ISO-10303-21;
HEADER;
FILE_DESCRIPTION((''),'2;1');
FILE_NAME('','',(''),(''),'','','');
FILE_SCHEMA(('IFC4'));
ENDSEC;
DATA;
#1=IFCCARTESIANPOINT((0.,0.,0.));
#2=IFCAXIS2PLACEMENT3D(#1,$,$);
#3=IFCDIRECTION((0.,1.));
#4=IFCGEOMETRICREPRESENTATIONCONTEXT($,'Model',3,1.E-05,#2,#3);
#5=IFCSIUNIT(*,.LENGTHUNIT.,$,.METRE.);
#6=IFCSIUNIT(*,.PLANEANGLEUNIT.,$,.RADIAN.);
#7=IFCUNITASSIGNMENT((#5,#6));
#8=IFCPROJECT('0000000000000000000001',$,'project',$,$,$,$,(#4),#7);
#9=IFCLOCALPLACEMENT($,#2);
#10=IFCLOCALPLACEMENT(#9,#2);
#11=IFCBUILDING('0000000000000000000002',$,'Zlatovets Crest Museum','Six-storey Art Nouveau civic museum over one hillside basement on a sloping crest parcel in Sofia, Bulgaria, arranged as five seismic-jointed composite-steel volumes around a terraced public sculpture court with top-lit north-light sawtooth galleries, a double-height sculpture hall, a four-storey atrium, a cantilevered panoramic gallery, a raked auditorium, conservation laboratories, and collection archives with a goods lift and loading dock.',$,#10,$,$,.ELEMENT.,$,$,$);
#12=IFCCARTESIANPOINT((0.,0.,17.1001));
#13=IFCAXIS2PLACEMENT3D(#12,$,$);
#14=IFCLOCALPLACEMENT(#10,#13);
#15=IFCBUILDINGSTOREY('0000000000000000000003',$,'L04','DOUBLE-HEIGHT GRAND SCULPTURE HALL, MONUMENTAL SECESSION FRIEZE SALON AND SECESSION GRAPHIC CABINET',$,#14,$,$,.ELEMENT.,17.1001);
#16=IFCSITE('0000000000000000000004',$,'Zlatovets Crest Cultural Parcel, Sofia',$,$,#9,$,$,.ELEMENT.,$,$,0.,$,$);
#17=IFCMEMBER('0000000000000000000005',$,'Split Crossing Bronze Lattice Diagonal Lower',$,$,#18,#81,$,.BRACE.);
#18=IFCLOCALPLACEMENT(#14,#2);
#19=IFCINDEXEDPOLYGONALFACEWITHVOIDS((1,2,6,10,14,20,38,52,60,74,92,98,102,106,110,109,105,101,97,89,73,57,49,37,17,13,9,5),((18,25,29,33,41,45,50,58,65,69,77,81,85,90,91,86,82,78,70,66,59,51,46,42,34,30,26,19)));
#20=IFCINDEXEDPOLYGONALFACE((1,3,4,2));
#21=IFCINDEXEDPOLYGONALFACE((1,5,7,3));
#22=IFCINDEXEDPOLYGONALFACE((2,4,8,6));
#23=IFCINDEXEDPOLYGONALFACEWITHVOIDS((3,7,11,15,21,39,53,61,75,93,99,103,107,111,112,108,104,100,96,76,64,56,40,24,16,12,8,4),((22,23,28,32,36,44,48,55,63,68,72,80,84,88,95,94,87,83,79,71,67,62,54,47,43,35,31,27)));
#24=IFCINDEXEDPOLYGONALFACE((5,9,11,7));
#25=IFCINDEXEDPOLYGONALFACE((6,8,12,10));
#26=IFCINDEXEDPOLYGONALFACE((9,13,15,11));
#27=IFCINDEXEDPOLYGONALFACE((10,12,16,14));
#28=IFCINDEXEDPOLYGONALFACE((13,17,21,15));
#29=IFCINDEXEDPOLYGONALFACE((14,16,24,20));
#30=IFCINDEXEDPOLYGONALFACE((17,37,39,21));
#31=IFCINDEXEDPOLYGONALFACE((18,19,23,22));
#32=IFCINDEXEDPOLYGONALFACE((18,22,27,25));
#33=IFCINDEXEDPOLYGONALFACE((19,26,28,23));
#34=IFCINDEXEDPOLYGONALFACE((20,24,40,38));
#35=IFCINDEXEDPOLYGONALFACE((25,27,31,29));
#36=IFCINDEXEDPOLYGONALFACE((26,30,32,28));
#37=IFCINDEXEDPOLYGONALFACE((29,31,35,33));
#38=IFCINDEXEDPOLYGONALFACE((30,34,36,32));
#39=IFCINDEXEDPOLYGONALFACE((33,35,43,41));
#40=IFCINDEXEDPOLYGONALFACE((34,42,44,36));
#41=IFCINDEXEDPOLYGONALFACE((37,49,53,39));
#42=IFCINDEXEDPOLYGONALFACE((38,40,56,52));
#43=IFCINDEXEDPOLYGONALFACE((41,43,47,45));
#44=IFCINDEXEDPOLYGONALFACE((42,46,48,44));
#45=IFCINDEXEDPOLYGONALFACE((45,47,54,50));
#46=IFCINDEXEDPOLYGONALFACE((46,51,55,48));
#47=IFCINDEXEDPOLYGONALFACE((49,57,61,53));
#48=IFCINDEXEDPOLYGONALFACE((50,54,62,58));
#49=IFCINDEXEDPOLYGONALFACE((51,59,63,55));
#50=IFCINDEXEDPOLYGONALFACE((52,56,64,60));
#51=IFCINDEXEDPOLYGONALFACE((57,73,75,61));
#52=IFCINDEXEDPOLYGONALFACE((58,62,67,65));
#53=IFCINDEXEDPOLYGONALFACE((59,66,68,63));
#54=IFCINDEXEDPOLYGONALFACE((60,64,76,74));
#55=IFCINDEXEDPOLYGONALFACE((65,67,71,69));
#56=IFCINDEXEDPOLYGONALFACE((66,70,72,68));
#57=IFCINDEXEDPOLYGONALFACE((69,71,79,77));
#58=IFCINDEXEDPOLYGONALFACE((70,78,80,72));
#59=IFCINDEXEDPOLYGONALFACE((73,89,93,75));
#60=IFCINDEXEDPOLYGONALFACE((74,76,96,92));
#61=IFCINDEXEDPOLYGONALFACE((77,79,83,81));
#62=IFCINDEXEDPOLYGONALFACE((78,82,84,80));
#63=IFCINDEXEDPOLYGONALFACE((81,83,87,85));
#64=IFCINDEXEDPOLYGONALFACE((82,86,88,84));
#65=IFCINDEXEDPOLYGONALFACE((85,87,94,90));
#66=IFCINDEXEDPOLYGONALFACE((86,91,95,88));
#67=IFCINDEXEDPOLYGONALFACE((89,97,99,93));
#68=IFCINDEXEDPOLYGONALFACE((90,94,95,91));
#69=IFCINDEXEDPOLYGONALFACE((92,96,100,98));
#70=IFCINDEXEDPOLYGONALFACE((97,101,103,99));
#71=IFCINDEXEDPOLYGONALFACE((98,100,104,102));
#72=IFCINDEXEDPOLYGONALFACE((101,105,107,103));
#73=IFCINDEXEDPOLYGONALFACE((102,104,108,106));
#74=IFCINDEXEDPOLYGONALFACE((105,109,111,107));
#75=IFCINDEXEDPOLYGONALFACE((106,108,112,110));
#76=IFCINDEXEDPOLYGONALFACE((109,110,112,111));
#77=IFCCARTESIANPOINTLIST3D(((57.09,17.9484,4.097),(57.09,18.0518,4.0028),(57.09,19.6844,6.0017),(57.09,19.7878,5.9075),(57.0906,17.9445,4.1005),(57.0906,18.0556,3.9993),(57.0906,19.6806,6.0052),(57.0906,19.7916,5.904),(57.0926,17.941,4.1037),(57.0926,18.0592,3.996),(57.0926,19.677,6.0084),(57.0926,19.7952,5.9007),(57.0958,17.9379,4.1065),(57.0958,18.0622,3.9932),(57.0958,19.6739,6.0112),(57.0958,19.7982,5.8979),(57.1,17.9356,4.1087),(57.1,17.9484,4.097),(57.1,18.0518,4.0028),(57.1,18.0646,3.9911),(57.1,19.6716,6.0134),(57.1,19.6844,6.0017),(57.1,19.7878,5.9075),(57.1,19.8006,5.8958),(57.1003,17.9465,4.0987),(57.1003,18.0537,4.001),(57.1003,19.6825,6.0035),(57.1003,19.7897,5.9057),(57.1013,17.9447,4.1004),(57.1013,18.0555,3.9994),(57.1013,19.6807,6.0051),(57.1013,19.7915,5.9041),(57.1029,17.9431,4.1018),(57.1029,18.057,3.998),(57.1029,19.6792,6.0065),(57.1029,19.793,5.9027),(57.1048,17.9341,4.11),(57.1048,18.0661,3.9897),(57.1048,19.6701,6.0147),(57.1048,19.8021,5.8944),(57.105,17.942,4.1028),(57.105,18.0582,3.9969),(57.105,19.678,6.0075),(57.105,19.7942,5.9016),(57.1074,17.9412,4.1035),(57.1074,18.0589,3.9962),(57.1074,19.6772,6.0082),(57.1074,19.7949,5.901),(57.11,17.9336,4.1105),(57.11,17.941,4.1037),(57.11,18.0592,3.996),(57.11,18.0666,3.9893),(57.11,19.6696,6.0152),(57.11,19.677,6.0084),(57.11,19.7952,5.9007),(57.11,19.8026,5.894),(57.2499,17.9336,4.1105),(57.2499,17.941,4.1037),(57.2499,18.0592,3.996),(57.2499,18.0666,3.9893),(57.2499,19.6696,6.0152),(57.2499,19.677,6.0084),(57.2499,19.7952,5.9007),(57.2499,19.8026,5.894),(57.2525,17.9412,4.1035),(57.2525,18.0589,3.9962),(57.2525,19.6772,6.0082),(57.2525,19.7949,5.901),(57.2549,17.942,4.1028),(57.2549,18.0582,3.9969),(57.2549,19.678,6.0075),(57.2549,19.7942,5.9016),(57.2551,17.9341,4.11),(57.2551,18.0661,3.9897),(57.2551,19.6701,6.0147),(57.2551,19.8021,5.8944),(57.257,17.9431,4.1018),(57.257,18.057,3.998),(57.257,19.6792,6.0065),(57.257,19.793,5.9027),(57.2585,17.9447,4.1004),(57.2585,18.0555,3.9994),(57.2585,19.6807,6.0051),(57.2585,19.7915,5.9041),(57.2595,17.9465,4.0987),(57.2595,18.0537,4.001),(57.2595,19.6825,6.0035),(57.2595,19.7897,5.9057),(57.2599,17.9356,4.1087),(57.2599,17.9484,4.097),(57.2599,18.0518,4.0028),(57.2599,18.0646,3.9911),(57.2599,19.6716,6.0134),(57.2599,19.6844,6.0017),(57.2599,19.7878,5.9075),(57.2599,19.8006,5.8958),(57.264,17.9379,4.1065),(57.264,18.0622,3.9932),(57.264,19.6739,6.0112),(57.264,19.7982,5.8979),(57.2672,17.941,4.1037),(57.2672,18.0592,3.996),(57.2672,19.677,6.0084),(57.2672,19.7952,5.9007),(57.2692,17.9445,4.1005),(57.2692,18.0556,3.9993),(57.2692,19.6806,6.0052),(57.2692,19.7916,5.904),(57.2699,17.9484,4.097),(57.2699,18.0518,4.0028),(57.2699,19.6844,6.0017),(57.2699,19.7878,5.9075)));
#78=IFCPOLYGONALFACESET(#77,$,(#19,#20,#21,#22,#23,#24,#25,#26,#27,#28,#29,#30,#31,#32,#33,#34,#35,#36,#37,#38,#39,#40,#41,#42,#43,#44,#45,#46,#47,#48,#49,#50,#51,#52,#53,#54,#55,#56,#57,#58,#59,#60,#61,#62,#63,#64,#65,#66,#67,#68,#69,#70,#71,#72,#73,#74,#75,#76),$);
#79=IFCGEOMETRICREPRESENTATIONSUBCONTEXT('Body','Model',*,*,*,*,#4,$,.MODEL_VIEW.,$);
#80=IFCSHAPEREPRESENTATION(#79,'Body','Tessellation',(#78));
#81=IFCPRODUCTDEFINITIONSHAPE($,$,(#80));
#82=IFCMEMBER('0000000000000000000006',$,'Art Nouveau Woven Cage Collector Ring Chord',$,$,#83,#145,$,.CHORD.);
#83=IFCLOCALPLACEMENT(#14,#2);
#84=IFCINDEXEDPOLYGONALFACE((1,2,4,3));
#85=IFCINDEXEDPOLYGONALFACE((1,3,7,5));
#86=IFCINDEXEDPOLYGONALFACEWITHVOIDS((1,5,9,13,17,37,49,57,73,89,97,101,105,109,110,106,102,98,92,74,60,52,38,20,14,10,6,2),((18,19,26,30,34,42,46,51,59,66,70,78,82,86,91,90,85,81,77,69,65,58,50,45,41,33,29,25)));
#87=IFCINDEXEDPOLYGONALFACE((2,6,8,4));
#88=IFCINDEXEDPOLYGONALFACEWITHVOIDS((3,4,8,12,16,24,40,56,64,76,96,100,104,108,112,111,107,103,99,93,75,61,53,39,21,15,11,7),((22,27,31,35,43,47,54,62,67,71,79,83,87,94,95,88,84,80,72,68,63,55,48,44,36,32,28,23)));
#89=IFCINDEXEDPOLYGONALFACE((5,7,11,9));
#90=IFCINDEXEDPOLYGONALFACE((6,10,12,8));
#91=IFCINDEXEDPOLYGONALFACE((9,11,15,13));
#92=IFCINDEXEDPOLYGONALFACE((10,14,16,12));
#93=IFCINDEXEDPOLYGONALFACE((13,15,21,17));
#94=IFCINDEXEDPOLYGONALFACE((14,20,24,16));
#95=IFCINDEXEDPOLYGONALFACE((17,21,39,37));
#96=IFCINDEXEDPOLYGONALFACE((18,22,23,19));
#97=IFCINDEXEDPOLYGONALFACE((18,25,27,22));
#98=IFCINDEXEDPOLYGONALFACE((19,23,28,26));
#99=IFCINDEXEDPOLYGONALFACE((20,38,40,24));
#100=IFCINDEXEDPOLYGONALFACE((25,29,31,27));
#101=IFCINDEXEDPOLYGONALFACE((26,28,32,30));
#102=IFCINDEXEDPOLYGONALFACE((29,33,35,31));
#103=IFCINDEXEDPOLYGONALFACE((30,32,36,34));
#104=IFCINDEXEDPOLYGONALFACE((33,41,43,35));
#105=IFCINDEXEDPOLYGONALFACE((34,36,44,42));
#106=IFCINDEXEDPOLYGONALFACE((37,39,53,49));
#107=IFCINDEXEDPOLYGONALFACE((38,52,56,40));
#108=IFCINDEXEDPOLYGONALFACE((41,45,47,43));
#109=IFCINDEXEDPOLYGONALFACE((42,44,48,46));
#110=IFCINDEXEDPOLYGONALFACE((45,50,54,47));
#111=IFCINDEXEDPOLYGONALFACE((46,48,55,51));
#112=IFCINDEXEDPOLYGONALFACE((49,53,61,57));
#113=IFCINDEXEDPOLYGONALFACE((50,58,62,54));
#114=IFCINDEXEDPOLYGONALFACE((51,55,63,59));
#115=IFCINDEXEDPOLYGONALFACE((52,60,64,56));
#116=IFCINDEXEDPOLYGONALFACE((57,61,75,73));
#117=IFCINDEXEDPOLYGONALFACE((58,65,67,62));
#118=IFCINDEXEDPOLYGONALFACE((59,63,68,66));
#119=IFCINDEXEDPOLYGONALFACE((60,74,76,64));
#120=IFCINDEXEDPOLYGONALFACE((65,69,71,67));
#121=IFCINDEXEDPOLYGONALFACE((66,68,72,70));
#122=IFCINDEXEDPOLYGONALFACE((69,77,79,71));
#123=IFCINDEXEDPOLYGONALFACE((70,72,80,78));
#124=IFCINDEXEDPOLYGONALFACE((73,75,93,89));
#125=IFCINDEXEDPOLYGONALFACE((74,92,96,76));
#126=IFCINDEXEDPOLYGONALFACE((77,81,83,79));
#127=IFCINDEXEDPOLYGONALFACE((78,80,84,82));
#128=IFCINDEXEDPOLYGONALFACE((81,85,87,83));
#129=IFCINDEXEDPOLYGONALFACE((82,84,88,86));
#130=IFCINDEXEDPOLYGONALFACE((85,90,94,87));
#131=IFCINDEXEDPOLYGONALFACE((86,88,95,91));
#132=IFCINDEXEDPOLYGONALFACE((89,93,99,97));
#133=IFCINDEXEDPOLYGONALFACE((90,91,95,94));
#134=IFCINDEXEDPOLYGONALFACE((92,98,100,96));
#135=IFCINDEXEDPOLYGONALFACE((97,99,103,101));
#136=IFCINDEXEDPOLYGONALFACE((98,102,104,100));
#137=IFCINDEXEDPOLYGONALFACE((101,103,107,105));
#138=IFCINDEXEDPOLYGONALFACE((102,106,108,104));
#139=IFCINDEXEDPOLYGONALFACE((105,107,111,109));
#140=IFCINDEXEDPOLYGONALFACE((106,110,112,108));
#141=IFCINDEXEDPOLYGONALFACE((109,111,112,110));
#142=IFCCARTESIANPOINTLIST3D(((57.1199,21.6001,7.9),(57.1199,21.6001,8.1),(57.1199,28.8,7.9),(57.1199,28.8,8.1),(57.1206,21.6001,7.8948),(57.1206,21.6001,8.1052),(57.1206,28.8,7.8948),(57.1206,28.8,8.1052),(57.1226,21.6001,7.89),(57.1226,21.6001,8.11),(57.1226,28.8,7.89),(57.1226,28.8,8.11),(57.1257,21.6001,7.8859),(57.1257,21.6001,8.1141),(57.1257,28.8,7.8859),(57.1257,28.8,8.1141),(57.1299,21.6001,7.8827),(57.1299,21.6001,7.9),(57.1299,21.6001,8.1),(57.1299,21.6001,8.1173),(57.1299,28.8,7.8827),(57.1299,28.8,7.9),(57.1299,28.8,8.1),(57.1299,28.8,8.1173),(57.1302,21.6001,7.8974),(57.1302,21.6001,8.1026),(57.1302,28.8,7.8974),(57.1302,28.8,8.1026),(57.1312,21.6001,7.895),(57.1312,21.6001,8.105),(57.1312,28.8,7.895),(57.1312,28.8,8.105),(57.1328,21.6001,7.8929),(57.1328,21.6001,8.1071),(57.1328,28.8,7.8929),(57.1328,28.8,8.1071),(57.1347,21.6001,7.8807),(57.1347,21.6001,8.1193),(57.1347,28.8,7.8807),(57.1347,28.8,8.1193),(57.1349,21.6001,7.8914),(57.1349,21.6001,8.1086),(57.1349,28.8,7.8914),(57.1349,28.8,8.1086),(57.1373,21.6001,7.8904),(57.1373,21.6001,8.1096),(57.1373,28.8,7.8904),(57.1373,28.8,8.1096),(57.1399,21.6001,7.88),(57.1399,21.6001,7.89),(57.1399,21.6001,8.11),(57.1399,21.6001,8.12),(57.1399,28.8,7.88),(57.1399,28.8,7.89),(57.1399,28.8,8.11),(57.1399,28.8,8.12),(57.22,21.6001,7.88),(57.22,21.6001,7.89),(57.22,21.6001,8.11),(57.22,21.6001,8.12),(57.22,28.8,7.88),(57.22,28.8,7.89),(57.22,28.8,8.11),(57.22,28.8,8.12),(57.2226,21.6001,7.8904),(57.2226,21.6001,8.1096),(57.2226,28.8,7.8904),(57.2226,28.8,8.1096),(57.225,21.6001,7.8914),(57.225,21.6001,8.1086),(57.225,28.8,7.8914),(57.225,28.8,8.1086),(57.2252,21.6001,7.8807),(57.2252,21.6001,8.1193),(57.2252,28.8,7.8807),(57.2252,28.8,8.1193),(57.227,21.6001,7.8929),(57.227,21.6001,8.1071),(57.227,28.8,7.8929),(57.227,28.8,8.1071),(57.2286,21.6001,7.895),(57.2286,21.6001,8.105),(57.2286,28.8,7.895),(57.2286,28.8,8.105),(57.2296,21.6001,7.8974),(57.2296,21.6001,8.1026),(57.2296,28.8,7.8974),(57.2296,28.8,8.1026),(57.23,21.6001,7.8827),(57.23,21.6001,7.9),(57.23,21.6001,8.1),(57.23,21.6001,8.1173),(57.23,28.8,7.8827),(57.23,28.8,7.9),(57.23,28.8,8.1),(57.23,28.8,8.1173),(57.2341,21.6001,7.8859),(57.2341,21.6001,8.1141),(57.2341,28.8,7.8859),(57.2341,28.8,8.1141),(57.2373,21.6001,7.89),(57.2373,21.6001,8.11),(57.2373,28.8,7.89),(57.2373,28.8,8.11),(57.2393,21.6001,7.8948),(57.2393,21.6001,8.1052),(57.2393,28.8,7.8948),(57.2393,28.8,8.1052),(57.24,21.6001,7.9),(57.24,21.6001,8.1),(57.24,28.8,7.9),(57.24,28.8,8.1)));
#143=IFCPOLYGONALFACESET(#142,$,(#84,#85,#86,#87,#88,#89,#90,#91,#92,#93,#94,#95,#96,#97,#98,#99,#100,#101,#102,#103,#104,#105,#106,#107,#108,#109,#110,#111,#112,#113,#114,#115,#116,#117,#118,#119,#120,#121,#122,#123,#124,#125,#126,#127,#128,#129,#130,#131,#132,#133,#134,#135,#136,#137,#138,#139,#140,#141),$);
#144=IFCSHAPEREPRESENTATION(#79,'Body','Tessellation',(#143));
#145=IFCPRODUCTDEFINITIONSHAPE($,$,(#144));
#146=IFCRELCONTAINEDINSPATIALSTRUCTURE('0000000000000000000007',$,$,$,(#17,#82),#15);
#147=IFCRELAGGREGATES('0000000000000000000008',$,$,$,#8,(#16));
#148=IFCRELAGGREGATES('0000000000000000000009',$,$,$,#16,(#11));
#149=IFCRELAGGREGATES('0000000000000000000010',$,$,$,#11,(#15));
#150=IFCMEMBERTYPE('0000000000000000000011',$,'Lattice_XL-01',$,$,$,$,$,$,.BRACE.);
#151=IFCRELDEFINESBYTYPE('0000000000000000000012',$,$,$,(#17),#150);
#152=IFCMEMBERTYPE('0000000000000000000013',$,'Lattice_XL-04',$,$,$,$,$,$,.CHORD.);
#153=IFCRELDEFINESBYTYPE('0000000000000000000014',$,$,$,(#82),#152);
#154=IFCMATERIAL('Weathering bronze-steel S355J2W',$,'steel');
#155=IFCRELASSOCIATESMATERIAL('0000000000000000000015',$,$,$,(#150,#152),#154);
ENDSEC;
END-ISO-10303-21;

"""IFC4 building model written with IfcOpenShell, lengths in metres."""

from ifc_helpers import new_model, si_unit, direction, frame, origin, origin_2d, place, context, subcontext, project, spatial, hollow_rectangle, extrude, material, material_profile, profile_set, type_object, element, save


model = new_model("IFC4")

# Units and contexts
model_context = context("Model", 3, precision=1e-05, world=origin(), true_north=direction((0.0, 1.0)))
body_context = subcontext(model_context, "Body", "Model", "MODEL_VIEW")
ifc_project = project(units=[si_unit("LENGTHUNIT", "METRE"), si_unit("PLANEANGLEUNIT", "RADIAN")], contexts=[model_context])

# Site, building, storey
site_placement = place(None, origin())
site = spatial("IfcSite", under=ifc_project, at=site_placement, Name="Zlatovets Crest Cultural Parcel, Sofia", CompositionType="ELEMENT", RefElevation=0.0)
building_placement = place(site_placement, origin())
building = spatial("IfcBuilding", under=site, at=building_placement, Name="Zlatovets Crest Museum", Description="Six-storey Art Nouveau civic museum over one hillside basement on a sloping crest parcel in Sofia, Bulgaria, arranged as five seismic-jointed composite-steel volumes around a terraced public sculpture court with top-lit north-light sawtooth galleries, a double-height sculpture hall, a four-storey atrium, a cantilevered panoramic gallery, a raked auditorium, conservation laboratories, and collection archives with a goods lift and loading dock.", CompositionType="ELEMENT")
storey_placement = place(building_placement, frame((0.0, 0.0, 17.1001)))
storey = spatial("IfcBuildingStorey", under=building, at=storey_placement, Name="L04", Description="DOUBLE-HEIGHT GRAND SCULPTURE HALL, MONUMENTAL SECESSION FRIEZE SALON AND SECESSION GRAPHIC CABINET", CompositionType="ELEMENT", Elevation=17.1001)

# Members
ifc_material_1 = material(Name="Weathering bronze-steel S355J2W", Category="steel")
ifc_material_profile_1 = material_profile(ifc_material_1, hollow_rectangle(XDim=0.1799, YDim=0.1799, WallThickness=0.01, InnerFilletRadius=0.01, OuterFilletRadius=0.02, at=origin_2d()), Name="SHS 180x180x10.0")
ifc_profile_set_1 = profile_set([ifc_material_profile_1], Name="Weathering bronze-steel S355J2W")
member_type_1 = type_object("IfcMemberType", Name="Lattice_XL-01", PredefinedType="BRACE", material=ifc_profile_set_1)
for number, where, z_axis, x_axis, name in (
    (1, (57.1799, 19.7361, 5.9546), (0.0, -0.67362, -0.739078), (1.0, 0.0, 0.0), "Split Crossing Bronze Lattice Diagonal Lower"),
):
    element("IfcMember", number, at=place(storey_placement, frame(where, z_axis=z_axis, x_axis=x_axis)), inside=storey, type_object=member_type_1, Name=name, PredefinedType="BRACE", context=body_context, shape_type="SweptSolid", body=[
        extrude(hollow_rectangle(XDim=0.1799, YDim=0.1799, WallThickness=0.01, InnerFilletRadius=0.01, OuterFilletRadius=0.02, at=origin_2d()), origin(), (0.0, 0.0, 1.0), 2.5771),
    ])
ifc_material_profile_2 = material_profile(ifc_material_1, hollow_rectangle(XDim=0.1201, YDim=0.24, WallThickness=0.01, InnerFilletRadius=0.01, OuterFilletRadius=0.02, at=origin_2d()), Name="RHS 120x240x10.0")
ifc_profile_set_2 = profile_set([ifc_material_profile_2], Name="Weathering bronze-steel S355J2W")
member_type_2 = type_object("IfcMemberType", Name="Lattice_XL-04", PredefinedType="CHORD", material=ifc_profile_set_2)
member_1_placement = place(storey_placement, frame((57.1799, 28.8, 8.0), z_axis=(0.0, -1.0, 0.0), x_axis=(1.0, 0.0, 0.0)))
element("IfcMember", 2, at=member_1_placement, inside=storey, type_object=member_type_2, Name="Art Nouveau Woven Cage Collector Ring Chord", PredefinedType="CHORD", context=body_context, shape_type="SweptSolid", body=[
    extrude(hollow_rectangle(XDim=0.1201, YDim=0.24, WallThickness=0.01, InnerFilletRadius=0.01, OuterFilletRadius=0.02, at=origin_2d()), origin(), (0.0, 0.0, 1.0), 7.2),
])

save(model, "model.ifc")
